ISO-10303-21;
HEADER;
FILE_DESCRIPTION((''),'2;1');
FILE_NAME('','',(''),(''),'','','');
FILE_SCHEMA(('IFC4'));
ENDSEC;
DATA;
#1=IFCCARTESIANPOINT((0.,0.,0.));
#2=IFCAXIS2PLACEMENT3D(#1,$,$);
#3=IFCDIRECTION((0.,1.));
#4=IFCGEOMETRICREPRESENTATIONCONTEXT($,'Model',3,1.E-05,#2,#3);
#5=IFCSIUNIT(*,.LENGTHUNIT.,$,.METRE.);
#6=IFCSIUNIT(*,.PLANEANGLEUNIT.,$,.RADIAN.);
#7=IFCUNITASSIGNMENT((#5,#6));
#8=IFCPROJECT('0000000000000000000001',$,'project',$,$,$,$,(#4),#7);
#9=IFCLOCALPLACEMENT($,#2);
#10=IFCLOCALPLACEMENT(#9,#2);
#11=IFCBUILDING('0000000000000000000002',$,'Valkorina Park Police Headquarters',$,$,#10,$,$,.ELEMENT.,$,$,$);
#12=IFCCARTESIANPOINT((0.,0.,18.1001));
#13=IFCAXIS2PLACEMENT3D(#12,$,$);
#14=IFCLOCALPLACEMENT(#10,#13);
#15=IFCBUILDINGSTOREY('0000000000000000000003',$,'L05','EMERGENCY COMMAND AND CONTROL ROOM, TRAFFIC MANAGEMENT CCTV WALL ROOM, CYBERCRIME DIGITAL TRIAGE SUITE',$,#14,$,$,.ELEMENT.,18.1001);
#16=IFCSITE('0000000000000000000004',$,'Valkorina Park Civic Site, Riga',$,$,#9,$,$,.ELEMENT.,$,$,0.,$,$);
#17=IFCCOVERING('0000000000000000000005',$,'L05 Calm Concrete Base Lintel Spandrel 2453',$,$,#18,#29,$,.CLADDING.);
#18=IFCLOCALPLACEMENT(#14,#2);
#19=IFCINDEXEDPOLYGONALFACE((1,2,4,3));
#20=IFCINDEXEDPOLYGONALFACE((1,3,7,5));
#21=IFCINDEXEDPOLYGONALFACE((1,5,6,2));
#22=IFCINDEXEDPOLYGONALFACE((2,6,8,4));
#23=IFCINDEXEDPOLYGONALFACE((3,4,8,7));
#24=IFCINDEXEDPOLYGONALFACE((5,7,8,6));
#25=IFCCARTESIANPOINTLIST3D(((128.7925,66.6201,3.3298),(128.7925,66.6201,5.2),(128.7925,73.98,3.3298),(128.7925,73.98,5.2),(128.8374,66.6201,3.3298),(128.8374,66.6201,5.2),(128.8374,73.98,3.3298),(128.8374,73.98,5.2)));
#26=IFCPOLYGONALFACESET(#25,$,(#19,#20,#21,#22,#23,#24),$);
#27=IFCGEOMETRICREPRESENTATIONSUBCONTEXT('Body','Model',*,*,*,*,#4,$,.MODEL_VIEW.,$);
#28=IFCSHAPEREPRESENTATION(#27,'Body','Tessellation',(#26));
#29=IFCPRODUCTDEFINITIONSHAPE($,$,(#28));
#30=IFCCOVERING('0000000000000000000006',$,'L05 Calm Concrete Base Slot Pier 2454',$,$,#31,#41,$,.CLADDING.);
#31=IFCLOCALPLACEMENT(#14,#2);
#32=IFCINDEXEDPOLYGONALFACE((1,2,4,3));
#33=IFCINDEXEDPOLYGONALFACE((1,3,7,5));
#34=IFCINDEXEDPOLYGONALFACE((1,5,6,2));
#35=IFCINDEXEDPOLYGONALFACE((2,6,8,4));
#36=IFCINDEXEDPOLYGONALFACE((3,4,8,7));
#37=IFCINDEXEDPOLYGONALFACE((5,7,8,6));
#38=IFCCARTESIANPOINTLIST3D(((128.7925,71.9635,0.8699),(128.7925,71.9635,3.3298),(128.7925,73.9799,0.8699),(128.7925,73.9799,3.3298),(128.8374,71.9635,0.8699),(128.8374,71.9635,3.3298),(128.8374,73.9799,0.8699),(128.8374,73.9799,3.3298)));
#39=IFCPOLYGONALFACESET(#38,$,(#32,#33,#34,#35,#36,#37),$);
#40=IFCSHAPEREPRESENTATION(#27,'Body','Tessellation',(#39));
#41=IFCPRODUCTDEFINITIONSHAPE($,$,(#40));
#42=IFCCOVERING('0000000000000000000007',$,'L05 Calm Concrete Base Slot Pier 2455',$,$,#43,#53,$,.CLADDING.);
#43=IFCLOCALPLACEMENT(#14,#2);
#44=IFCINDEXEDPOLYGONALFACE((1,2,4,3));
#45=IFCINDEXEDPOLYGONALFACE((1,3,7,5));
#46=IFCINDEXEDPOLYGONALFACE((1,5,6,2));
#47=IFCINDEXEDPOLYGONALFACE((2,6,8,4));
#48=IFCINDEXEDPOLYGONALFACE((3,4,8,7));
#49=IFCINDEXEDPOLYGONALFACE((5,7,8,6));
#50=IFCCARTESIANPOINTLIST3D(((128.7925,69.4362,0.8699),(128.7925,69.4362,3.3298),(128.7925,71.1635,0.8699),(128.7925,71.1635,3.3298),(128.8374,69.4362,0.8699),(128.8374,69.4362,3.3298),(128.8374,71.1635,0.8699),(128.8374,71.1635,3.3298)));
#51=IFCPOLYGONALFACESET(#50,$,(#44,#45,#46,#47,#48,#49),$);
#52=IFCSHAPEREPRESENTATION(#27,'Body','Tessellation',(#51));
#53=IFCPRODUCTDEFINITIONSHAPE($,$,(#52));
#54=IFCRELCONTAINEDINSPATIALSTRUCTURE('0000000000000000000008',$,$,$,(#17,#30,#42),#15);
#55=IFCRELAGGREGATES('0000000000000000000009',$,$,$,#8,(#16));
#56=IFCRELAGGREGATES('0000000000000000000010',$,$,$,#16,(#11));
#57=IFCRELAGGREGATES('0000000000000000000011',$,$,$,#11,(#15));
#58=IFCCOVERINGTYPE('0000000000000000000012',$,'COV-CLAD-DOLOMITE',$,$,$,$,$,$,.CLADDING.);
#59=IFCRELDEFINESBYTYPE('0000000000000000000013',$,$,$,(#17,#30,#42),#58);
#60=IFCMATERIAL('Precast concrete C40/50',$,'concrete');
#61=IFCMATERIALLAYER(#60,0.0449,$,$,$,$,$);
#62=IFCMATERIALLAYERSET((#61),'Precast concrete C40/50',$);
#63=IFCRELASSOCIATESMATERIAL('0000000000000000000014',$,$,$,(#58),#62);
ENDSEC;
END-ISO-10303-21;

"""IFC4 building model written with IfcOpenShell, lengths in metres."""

from ifc_helpers import new_model, si_unit, direction, frame, frame_2d, origin, place, context, subcontext, project, spatial, rectangle, extrude, material, layer, layer_set, type_object, element, save


model = new_model("IFC4")

# Units and contexts
model_context = context("Model", 3, precision=1e-05, world=origin(), true_north=direction((0.0, 1.0)))
body_context = subcontext(model_context, "Body", "Model", "MODEL_VIEW")
ifc_project = project(units=[si_unit("LENGTHUNIT", "METRE"), si_unit("PLANEANGLEUNIT", "RADIAN")], contexts=[model_context])

# Site, building, storey
site_placement = place(None, origin())
site = spatial("IfcSite", under=ifc_project, at=site_placement, Name="Valkorina Park Civic Site, Riga", CompositionType="ELEMENT", RefElevation=0.0)
building_placement = place(site_placement, origin())
building = spatial("IfcBuilding", under=site, at=building_placement, Name="Valkorina Park Police Headquarters", CompositionType="ELEMENT")
storey_placement = place(building_placement, frame((0.0, 0.0, 18.1001)))
storey = spatial("IfcBuildingStorey", under=building, at=storey_placement, Name="L05", Description="EMERGENCY COMMAND AND CONTROL ROOM, TRAFFIC MANAGEMENT CCTV WALL ROOM, CYBERCRIME DIGITAL TRIAGE SUITE", CompositionType="ELEMENT", Elevation=18.1001)

# Shared definitions
ifc_material_1 = material(Name="Precast concrete C40/50", Category="concrete")

# Coverings
ifc_layer_1 = layer(ifc_material_1, 0.0449)
ifc_layer_set_1 = layer_set([ifc_layer_1], Name="Precast concrete C40/50")
covering_type = type_object("IfcCoveringType", Name="COV-CLAD-DOLOMITE", PredefinedType="CLADDING", material=ifc_layer_set_1)
covering_1_placement = place(storey_placement, frame((128.8149, 73.98, 3.3298), z_axis=(0.0, 0.0, 1.0), x_axis=(0.0, -1.0, 0.0)))
element("IfcCovering", 1, at=covering_1_placement, inside=storey, type_object=covering_type, Name="L05 Calm Concrete Base Lintel Spandrel 2453", PredefinedType="CLADDING", context=body_context, shape_type="SweptSolid", body=[
    extrude(rectangle(XDim=7.3599, YDim=0.0449, at=frame_2d((3.6799, 0.0))), origin(), (0.0, 0.0, 1.0), 1.8701),
])
covering_2_placement = place(storey_placement, frame((128.8149, 73.98, 0.8699), z_axis=(0.0, 0.0, 1.0), x_axis=(0.0, -1.0, 0.0)))
element("IfcCovering", 2, at=covering_2_placement, inside=storey, type_object=covering_type, Name="L05 Calm Concrete Base Slot Pier 2454", PredefinedType="CLADDING", context=body_context, shape_type="SweptSolid", body=[
    extrude(rectangle(XDim=2.0164, YDim=0.0449, at=frame_2d((1.0083, 0.0))), origin(), (0.0, 0.0, 1.0), 2.46),
])
covering_3_placement = place(storey_placement, frame((128.8149, 71.1636, 0.8699), z_axis=(0.0, 0.0, 1.0), x_axis=(0.0, -1.0, 0.0)))
element("IfcCovering", 3, at=covering_3_placement, inside=storey, type_object=covering_type, Name="L05 Calm Concrete Base Slot Pier 2455", PredefinedType="CLADDING", context=body_context, shape_type="SweptSolid", body=[
    extrude(rectangle(XDim=1.7273, YDim=0.0449, at=frame_2d((0.8638, 0.0))), origin(), (0.0, 0.0, 1.0), 2.46),
])

save(model, "model.ifc")
